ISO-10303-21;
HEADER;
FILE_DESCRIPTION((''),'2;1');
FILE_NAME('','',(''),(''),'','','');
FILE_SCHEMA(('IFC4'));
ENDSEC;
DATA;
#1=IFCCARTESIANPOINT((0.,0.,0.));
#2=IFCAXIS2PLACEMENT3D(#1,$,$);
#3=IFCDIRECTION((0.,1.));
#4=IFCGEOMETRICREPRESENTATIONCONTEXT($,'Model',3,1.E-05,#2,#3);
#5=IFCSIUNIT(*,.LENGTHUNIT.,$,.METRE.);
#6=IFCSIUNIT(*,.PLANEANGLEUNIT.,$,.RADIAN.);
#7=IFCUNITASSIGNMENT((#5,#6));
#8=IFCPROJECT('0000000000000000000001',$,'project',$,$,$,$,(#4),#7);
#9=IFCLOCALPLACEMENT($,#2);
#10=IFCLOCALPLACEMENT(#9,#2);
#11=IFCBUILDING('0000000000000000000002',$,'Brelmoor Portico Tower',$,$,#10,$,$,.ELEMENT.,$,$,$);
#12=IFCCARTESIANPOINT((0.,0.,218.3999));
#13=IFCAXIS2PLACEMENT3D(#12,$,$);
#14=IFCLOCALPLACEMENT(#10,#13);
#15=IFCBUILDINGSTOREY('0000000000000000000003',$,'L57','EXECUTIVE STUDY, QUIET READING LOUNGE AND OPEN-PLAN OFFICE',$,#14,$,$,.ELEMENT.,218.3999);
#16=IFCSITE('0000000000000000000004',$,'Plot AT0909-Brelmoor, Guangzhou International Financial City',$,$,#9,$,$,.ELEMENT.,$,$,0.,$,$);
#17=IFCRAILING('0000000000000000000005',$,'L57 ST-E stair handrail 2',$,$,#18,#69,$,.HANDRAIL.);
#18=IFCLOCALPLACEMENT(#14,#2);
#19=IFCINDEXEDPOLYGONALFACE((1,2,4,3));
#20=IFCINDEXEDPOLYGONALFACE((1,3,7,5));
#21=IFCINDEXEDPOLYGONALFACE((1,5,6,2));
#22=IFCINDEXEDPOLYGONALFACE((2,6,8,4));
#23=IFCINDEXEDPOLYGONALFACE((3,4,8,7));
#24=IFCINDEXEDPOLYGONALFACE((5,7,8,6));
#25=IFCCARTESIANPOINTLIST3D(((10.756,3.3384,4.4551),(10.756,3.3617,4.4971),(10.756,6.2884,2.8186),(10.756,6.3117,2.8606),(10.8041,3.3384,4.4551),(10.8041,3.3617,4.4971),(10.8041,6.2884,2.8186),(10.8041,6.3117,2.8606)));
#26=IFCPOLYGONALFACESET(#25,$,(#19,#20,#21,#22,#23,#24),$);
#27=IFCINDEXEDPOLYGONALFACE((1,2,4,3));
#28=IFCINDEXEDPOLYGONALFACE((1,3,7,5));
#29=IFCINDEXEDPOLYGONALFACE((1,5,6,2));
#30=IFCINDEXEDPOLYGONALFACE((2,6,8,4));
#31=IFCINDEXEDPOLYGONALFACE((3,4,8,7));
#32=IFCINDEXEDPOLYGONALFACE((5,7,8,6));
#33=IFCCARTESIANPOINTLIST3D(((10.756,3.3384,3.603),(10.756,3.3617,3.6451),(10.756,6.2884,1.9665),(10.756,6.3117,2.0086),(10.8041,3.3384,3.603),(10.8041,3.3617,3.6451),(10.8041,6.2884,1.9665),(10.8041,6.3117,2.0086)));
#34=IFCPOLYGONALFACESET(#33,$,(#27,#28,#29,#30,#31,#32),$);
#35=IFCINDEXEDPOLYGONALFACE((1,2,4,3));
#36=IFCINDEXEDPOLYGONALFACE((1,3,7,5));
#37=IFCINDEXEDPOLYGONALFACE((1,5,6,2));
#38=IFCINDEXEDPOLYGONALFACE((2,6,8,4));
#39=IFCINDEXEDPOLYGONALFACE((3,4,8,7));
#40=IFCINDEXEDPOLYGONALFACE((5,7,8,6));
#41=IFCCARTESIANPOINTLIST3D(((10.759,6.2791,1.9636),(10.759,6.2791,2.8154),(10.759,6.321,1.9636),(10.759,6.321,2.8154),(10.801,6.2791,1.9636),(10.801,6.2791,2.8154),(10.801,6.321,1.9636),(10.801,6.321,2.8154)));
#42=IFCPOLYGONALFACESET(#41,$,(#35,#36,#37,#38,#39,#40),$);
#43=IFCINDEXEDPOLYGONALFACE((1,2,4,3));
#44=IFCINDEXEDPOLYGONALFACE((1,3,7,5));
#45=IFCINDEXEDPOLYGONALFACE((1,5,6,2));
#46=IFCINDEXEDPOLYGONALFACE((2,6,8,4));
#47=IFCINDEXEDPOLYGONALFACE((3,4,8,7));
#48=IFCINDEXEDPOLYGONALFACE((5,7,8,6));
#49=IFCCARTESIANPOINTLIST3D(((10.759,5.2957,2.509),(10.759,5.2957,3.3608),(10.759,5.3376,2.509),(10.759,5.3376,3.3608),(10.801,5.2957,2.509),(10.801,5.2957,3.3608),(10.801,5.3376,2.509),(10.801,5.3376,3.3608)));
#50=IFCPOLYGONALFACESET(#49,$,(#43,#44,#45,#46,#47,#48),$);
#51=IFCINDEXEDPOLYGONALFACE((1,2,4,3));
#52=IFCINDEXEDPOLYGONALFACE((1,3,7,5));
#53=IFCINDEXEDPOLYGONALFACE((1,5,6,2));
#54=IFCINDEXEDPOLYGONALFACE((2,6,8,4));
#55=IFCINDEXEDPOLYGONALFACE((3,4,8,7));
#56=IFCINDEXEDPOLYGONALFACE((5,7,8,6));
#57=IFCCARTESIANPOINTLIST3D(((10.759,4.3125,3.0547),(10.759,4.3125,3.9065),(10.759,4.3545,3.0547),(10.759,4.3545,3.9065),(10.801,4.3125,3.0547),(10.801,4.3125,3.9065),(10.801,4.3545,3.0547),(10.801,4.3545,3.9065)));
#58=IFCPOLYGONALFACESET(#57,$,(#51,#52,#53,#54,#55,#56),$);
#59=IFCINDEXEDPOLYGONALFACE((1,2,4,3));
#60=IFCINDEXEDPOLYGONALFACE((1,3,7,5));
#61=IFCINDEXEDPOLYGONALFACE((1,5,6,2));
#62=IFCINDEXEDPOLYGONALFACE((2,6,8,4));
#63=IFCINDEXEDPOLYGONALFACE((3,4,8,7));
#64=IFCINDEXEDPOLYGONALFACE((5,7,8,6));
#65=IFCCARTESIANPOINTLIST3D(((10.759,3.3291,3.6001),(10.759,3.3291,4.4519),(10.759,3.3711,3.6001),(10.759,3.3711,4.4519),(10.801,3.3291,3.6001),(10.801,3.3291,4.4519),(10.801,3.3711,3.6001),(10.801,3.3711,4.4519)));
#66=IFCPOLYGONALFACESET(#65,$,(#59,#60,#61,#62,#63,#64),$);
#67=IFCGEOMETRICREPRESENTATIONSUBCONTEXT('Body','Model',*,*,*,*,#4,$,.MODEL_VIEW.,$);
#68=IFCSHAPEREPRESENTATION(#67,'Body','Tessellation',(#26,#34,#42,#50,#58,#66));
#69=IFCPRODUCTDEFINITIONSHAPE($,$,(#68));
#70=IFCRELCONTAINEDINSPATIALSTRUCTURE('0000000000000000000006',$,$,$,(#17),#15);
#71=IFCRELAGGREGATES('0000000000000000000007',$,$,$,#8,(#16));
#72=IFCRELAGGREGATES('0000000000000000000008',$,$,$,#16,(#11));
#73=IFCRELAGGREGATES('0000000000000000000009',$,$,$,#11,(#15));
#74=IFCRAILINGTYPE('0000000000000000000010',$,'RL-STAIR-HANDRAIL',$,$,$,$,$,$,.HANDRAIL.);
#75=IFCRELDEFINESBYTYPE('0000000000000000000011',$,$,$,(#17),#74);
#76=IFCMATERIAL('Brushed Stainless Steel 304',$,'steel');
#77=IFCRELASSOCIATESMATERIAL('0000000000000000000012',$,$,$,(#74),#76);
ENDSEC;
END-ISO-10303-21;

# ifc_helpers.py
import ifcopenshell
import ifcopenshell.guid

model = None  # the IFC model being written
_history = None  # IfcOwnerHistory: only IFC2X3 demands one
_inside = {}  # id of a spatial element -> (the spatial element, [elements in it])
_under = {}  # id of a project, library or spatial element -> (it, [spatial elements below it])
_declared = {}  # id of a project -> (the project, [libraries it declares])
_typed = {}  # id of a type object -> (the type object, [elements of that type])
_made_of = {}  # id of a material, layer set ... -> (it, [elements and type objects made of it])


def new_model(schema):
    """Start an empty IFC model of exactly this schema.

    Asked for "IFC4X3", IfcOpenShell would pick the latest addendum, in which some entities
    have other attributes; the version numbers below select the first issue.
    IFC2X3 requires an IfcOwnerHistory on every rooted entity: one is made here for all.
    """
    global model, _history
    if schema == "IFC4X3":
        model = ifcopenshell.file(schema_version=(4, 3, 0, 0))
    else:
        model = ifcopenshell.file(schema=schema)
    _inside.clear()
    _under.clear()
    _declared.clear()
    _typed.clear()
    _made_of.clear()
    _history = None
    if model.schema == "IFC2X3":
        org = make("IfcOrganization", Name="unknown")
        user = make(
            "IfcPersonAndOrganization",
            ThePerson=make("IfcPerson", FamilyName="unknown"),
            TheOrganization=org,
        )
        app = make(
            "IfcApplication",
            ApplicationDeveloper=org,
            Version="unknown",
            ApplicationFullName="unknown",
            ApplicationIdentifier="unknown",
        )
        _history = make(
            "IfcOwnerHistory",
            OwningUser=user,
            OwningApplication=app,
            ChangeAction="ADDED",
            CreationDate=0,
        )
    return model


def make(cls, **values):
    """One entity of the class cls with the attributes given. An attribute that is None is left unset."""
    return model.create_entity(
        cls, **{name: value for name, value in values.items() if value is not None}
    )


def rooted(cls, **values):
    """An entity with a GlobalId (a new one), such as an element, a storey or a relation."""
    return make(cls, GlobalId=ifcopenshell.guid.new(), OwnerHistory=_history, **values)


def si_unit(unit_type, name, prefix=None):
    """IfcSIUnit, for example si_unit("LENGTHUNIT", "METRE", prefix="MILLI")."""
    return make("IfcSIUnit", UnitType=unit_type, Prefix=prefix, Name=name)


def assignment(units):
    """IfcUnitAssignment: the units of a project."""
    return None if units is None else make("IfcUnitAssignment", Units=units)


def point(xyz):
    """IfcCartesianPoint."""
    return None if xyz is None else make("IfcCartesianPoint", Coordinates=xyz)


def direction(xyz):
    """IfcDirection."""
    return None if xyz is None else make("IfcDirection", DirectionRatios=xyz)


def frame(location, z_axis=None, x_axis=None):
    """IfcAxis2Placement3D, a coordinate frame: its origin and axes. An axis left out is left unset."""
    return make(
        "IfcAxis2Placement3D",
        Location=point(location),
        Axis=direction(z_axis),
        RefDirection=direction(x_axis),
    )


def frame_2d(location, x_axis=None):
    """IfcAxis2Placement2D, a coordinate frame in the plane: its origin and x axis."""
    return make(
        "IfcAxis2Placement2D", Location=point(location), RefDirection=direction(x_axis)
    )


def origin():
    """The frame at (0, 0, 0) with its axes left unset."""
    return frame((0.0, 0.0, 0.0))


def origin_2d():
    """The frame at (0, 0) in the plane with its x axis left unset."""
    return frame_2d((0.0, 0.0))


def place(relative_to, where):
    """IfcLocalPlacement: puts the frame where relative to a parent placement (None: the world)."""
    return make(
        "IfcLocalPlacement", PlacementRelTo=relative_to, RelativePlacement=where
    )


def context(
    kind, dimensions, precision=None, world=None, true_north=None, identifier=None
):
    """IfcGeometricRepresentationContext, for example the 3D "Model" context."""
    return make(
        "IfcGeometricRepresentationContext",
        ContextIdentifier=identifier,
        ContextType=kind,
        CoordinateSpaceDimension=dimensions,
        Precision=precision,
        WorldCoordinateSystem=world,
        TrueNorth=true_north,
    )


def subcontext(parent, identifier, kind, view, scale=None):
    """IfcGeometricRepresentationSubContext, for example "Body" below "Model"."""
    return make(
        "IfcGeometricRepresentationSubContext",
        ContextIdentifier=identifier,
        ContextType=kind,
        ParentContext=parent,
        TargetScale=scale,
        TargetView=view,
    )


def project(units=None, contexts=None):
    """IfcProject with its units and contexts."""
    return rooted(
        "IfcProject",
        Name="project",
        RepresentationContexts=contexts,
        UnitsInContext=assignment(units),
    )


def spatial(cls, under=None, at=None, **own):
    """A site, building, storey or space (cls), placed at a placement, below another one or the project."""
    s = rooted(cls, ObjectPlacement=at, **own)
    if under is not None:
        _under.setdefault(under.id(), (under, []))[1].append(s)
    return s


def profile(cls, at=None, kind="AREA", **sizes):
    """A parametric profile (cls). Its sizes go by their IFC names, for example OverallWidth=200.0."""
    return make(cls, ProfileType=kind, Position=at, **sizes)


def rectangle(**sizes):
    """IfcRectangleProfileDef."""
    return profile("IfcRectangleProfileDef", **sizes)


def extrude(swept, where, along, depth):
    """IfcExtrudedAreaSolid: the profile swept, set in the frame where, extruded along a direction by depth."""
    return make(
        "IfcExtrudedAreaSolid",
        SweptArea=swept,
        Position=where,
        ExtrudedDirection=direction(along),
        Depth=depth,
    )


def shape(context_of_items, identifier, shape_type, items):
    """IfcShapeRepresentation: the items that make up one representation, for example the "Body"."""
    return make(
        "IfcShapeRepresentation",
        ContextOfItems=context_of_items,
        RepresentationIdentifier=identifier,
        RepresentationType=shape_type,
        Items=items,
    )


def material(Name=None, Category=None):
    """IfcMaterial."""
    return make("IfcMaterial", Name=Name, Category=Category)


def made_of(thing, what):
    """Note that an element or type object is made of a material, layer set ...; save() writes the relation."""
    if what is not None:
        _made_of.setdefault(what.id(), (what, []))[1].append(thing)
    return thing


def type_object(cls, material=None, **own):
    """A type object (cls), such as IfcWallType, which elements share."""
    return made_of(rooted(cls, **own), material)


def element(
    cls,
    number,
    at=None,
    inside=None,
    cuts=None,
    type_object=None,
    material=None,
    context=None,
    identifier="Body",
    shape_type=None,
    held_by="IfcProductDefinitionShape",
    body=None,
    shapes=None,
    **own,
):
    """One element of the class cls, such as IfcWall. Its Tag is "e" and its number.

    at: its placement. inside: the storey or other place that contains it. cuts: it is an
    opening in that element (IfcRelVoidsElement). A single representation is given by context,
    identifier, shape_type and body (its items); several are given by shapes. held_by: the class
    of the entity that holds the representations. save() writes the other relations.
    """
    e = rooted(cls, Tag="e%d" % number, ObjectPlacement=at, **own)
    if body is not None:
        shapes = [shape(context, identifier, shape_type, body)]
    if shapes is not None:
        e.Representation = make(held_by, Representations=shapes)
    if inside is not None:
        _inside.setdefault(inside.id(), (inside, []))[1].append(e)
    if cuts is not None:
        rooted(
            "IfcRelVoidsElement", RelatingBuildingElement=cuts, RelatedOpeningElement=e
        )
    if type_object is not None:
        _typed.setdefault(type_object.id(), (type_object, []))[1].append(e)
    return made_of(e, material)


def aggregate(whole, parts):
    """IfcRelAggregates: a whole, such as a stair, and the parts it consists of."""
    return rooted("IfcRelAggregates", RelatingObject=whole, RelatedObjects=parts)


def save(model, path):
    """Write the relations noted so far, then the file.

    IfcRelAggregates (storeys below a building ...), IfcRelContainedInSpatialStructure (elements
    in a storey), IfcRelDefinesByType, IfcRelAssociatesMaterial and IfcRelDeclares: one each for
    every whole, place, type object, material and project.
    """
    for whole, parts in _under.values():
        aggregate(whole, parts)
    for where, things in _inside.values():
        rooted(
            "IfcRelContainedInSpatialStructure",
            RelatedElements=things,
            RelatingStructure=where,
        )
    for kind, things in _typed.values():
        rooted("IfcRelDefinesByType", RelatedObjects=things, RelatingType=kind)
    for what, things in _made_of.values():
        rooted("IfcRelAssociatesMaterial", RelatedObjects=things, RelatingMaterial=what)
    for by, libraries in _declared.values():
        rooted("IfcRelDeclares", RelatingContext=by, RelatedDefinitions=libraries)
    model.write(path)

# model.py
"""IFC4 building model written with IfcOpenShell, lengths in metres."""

from ifc_helpers import new_model, si_unit, direction, frame, origin, origin_2d, place, context, subcontext, project, spatial, rectangle, extrude, material, type_object, element, save


model = new_model("IFC4")

# Units and contexts
model_context = context("Model", 3, precision=1e-05, world=origin(), true_north=direction((0.0, 1.0)))
body_context = subcontext(model_context, "Body", "Model", "MODEL_VIEW")
ifc_project = project(units=[si_unit("LENGTHUNIT", "METRE"), si_unit("PLANEANGLEUNIT", "RADIAN")], contexts=[model_context])

# Site, building, storey
site_placement = place(None, origin())
site = spatial("IfcSite", under=ifc_project, at=site_placement, Name="Plot AT0909-Brelmoor, Guangzhou International Financial City", CompositionType="ELEMENT", RefElevation=0.0)
building_placement = place(site_placement, origin())
building = spatial("IfcBuilding", under=site, at=building_placement, Name="Brelmoor Portico Tower", CompositionType="ELEMENT")
storey_placement = place(building_placement, frame((0.0, 0.0, 218.3999)))
storey = spatial("IfcBuildingStorey", under=building, at=storey_placement, Name="L57", Description="EXECUTIVE STUDY, QUIET READING LOUNGE AND OPEN-PLAN OFFICE", CompositionType="ELEMENT", Elevation=218.3999)

# Railing
ifc_material_1 = material(Name="Brushed Stainless Steel 304", Category="steel")
railing_type_1 = type_object("IfcRailingType", Name="RL-STAIR-HANDRAIL", PredefinedType="HANDRAIL", material=ifc_material_1)
railing_1_placement = place(storey_placement, frame((10.78, 6.3, 1.9636)))
element("IfcRailing", 1, at=railing_1_placement, inside=storey, type_object=railing_type_1, Name="L57 ST-E stair handrail 2", PredefinedType="HANDRAIL", context=body_context, shape_type="SweptSolid", body=[
    extrude(rectangle(XDim=0.0481, YDim=0.0481, at=origin_2d()), frame((0.0, 0.0, 0.876), z_axis=(0.0, -0.874458, 0.485102), x_axis=(1.0, 0.0, 0.0)), (0.0, 0.0, 1.0), 3.3735),
    extrude(rectangle(XDim=0.0481, YDim=0.0481, at=origin_2d()), frame((0.0, 0.0, 0.0239), z_axis=(0.0, -0.874458, 0.485102), x_axis=(1.0, 0.0, 0.0)), (0.0, 0.0, 1.0), 3.3735),
    extrude(rectangle(XDim=0.042, YDim=0.042, at=origin_2d()), origin(), (0.0, 0.0, 1.0), 0.8518),
    extrude(rectangle(XDim=0.042, YDim=0.042, at=origin_2d()), frame((0.0, -0.9834, 0.5454)), (0.0, 0.0, 1.0), 0.8518),
    extrude(rectangle(XDim=0.042, YDim=0.042, at=origin_2d()), frame((0.0, -1.9666, 1.0911)), (0.0, 0.0, 1.0), 0.8518),
    extrude(rectangle(XDim=0.042, YDim=0.042, at=origin_2d()), frame((0.0, -2.95, 1.6365)), (0.0, 0.0, 1.0), 0.8518),
])

save(model, "model.ifc")
